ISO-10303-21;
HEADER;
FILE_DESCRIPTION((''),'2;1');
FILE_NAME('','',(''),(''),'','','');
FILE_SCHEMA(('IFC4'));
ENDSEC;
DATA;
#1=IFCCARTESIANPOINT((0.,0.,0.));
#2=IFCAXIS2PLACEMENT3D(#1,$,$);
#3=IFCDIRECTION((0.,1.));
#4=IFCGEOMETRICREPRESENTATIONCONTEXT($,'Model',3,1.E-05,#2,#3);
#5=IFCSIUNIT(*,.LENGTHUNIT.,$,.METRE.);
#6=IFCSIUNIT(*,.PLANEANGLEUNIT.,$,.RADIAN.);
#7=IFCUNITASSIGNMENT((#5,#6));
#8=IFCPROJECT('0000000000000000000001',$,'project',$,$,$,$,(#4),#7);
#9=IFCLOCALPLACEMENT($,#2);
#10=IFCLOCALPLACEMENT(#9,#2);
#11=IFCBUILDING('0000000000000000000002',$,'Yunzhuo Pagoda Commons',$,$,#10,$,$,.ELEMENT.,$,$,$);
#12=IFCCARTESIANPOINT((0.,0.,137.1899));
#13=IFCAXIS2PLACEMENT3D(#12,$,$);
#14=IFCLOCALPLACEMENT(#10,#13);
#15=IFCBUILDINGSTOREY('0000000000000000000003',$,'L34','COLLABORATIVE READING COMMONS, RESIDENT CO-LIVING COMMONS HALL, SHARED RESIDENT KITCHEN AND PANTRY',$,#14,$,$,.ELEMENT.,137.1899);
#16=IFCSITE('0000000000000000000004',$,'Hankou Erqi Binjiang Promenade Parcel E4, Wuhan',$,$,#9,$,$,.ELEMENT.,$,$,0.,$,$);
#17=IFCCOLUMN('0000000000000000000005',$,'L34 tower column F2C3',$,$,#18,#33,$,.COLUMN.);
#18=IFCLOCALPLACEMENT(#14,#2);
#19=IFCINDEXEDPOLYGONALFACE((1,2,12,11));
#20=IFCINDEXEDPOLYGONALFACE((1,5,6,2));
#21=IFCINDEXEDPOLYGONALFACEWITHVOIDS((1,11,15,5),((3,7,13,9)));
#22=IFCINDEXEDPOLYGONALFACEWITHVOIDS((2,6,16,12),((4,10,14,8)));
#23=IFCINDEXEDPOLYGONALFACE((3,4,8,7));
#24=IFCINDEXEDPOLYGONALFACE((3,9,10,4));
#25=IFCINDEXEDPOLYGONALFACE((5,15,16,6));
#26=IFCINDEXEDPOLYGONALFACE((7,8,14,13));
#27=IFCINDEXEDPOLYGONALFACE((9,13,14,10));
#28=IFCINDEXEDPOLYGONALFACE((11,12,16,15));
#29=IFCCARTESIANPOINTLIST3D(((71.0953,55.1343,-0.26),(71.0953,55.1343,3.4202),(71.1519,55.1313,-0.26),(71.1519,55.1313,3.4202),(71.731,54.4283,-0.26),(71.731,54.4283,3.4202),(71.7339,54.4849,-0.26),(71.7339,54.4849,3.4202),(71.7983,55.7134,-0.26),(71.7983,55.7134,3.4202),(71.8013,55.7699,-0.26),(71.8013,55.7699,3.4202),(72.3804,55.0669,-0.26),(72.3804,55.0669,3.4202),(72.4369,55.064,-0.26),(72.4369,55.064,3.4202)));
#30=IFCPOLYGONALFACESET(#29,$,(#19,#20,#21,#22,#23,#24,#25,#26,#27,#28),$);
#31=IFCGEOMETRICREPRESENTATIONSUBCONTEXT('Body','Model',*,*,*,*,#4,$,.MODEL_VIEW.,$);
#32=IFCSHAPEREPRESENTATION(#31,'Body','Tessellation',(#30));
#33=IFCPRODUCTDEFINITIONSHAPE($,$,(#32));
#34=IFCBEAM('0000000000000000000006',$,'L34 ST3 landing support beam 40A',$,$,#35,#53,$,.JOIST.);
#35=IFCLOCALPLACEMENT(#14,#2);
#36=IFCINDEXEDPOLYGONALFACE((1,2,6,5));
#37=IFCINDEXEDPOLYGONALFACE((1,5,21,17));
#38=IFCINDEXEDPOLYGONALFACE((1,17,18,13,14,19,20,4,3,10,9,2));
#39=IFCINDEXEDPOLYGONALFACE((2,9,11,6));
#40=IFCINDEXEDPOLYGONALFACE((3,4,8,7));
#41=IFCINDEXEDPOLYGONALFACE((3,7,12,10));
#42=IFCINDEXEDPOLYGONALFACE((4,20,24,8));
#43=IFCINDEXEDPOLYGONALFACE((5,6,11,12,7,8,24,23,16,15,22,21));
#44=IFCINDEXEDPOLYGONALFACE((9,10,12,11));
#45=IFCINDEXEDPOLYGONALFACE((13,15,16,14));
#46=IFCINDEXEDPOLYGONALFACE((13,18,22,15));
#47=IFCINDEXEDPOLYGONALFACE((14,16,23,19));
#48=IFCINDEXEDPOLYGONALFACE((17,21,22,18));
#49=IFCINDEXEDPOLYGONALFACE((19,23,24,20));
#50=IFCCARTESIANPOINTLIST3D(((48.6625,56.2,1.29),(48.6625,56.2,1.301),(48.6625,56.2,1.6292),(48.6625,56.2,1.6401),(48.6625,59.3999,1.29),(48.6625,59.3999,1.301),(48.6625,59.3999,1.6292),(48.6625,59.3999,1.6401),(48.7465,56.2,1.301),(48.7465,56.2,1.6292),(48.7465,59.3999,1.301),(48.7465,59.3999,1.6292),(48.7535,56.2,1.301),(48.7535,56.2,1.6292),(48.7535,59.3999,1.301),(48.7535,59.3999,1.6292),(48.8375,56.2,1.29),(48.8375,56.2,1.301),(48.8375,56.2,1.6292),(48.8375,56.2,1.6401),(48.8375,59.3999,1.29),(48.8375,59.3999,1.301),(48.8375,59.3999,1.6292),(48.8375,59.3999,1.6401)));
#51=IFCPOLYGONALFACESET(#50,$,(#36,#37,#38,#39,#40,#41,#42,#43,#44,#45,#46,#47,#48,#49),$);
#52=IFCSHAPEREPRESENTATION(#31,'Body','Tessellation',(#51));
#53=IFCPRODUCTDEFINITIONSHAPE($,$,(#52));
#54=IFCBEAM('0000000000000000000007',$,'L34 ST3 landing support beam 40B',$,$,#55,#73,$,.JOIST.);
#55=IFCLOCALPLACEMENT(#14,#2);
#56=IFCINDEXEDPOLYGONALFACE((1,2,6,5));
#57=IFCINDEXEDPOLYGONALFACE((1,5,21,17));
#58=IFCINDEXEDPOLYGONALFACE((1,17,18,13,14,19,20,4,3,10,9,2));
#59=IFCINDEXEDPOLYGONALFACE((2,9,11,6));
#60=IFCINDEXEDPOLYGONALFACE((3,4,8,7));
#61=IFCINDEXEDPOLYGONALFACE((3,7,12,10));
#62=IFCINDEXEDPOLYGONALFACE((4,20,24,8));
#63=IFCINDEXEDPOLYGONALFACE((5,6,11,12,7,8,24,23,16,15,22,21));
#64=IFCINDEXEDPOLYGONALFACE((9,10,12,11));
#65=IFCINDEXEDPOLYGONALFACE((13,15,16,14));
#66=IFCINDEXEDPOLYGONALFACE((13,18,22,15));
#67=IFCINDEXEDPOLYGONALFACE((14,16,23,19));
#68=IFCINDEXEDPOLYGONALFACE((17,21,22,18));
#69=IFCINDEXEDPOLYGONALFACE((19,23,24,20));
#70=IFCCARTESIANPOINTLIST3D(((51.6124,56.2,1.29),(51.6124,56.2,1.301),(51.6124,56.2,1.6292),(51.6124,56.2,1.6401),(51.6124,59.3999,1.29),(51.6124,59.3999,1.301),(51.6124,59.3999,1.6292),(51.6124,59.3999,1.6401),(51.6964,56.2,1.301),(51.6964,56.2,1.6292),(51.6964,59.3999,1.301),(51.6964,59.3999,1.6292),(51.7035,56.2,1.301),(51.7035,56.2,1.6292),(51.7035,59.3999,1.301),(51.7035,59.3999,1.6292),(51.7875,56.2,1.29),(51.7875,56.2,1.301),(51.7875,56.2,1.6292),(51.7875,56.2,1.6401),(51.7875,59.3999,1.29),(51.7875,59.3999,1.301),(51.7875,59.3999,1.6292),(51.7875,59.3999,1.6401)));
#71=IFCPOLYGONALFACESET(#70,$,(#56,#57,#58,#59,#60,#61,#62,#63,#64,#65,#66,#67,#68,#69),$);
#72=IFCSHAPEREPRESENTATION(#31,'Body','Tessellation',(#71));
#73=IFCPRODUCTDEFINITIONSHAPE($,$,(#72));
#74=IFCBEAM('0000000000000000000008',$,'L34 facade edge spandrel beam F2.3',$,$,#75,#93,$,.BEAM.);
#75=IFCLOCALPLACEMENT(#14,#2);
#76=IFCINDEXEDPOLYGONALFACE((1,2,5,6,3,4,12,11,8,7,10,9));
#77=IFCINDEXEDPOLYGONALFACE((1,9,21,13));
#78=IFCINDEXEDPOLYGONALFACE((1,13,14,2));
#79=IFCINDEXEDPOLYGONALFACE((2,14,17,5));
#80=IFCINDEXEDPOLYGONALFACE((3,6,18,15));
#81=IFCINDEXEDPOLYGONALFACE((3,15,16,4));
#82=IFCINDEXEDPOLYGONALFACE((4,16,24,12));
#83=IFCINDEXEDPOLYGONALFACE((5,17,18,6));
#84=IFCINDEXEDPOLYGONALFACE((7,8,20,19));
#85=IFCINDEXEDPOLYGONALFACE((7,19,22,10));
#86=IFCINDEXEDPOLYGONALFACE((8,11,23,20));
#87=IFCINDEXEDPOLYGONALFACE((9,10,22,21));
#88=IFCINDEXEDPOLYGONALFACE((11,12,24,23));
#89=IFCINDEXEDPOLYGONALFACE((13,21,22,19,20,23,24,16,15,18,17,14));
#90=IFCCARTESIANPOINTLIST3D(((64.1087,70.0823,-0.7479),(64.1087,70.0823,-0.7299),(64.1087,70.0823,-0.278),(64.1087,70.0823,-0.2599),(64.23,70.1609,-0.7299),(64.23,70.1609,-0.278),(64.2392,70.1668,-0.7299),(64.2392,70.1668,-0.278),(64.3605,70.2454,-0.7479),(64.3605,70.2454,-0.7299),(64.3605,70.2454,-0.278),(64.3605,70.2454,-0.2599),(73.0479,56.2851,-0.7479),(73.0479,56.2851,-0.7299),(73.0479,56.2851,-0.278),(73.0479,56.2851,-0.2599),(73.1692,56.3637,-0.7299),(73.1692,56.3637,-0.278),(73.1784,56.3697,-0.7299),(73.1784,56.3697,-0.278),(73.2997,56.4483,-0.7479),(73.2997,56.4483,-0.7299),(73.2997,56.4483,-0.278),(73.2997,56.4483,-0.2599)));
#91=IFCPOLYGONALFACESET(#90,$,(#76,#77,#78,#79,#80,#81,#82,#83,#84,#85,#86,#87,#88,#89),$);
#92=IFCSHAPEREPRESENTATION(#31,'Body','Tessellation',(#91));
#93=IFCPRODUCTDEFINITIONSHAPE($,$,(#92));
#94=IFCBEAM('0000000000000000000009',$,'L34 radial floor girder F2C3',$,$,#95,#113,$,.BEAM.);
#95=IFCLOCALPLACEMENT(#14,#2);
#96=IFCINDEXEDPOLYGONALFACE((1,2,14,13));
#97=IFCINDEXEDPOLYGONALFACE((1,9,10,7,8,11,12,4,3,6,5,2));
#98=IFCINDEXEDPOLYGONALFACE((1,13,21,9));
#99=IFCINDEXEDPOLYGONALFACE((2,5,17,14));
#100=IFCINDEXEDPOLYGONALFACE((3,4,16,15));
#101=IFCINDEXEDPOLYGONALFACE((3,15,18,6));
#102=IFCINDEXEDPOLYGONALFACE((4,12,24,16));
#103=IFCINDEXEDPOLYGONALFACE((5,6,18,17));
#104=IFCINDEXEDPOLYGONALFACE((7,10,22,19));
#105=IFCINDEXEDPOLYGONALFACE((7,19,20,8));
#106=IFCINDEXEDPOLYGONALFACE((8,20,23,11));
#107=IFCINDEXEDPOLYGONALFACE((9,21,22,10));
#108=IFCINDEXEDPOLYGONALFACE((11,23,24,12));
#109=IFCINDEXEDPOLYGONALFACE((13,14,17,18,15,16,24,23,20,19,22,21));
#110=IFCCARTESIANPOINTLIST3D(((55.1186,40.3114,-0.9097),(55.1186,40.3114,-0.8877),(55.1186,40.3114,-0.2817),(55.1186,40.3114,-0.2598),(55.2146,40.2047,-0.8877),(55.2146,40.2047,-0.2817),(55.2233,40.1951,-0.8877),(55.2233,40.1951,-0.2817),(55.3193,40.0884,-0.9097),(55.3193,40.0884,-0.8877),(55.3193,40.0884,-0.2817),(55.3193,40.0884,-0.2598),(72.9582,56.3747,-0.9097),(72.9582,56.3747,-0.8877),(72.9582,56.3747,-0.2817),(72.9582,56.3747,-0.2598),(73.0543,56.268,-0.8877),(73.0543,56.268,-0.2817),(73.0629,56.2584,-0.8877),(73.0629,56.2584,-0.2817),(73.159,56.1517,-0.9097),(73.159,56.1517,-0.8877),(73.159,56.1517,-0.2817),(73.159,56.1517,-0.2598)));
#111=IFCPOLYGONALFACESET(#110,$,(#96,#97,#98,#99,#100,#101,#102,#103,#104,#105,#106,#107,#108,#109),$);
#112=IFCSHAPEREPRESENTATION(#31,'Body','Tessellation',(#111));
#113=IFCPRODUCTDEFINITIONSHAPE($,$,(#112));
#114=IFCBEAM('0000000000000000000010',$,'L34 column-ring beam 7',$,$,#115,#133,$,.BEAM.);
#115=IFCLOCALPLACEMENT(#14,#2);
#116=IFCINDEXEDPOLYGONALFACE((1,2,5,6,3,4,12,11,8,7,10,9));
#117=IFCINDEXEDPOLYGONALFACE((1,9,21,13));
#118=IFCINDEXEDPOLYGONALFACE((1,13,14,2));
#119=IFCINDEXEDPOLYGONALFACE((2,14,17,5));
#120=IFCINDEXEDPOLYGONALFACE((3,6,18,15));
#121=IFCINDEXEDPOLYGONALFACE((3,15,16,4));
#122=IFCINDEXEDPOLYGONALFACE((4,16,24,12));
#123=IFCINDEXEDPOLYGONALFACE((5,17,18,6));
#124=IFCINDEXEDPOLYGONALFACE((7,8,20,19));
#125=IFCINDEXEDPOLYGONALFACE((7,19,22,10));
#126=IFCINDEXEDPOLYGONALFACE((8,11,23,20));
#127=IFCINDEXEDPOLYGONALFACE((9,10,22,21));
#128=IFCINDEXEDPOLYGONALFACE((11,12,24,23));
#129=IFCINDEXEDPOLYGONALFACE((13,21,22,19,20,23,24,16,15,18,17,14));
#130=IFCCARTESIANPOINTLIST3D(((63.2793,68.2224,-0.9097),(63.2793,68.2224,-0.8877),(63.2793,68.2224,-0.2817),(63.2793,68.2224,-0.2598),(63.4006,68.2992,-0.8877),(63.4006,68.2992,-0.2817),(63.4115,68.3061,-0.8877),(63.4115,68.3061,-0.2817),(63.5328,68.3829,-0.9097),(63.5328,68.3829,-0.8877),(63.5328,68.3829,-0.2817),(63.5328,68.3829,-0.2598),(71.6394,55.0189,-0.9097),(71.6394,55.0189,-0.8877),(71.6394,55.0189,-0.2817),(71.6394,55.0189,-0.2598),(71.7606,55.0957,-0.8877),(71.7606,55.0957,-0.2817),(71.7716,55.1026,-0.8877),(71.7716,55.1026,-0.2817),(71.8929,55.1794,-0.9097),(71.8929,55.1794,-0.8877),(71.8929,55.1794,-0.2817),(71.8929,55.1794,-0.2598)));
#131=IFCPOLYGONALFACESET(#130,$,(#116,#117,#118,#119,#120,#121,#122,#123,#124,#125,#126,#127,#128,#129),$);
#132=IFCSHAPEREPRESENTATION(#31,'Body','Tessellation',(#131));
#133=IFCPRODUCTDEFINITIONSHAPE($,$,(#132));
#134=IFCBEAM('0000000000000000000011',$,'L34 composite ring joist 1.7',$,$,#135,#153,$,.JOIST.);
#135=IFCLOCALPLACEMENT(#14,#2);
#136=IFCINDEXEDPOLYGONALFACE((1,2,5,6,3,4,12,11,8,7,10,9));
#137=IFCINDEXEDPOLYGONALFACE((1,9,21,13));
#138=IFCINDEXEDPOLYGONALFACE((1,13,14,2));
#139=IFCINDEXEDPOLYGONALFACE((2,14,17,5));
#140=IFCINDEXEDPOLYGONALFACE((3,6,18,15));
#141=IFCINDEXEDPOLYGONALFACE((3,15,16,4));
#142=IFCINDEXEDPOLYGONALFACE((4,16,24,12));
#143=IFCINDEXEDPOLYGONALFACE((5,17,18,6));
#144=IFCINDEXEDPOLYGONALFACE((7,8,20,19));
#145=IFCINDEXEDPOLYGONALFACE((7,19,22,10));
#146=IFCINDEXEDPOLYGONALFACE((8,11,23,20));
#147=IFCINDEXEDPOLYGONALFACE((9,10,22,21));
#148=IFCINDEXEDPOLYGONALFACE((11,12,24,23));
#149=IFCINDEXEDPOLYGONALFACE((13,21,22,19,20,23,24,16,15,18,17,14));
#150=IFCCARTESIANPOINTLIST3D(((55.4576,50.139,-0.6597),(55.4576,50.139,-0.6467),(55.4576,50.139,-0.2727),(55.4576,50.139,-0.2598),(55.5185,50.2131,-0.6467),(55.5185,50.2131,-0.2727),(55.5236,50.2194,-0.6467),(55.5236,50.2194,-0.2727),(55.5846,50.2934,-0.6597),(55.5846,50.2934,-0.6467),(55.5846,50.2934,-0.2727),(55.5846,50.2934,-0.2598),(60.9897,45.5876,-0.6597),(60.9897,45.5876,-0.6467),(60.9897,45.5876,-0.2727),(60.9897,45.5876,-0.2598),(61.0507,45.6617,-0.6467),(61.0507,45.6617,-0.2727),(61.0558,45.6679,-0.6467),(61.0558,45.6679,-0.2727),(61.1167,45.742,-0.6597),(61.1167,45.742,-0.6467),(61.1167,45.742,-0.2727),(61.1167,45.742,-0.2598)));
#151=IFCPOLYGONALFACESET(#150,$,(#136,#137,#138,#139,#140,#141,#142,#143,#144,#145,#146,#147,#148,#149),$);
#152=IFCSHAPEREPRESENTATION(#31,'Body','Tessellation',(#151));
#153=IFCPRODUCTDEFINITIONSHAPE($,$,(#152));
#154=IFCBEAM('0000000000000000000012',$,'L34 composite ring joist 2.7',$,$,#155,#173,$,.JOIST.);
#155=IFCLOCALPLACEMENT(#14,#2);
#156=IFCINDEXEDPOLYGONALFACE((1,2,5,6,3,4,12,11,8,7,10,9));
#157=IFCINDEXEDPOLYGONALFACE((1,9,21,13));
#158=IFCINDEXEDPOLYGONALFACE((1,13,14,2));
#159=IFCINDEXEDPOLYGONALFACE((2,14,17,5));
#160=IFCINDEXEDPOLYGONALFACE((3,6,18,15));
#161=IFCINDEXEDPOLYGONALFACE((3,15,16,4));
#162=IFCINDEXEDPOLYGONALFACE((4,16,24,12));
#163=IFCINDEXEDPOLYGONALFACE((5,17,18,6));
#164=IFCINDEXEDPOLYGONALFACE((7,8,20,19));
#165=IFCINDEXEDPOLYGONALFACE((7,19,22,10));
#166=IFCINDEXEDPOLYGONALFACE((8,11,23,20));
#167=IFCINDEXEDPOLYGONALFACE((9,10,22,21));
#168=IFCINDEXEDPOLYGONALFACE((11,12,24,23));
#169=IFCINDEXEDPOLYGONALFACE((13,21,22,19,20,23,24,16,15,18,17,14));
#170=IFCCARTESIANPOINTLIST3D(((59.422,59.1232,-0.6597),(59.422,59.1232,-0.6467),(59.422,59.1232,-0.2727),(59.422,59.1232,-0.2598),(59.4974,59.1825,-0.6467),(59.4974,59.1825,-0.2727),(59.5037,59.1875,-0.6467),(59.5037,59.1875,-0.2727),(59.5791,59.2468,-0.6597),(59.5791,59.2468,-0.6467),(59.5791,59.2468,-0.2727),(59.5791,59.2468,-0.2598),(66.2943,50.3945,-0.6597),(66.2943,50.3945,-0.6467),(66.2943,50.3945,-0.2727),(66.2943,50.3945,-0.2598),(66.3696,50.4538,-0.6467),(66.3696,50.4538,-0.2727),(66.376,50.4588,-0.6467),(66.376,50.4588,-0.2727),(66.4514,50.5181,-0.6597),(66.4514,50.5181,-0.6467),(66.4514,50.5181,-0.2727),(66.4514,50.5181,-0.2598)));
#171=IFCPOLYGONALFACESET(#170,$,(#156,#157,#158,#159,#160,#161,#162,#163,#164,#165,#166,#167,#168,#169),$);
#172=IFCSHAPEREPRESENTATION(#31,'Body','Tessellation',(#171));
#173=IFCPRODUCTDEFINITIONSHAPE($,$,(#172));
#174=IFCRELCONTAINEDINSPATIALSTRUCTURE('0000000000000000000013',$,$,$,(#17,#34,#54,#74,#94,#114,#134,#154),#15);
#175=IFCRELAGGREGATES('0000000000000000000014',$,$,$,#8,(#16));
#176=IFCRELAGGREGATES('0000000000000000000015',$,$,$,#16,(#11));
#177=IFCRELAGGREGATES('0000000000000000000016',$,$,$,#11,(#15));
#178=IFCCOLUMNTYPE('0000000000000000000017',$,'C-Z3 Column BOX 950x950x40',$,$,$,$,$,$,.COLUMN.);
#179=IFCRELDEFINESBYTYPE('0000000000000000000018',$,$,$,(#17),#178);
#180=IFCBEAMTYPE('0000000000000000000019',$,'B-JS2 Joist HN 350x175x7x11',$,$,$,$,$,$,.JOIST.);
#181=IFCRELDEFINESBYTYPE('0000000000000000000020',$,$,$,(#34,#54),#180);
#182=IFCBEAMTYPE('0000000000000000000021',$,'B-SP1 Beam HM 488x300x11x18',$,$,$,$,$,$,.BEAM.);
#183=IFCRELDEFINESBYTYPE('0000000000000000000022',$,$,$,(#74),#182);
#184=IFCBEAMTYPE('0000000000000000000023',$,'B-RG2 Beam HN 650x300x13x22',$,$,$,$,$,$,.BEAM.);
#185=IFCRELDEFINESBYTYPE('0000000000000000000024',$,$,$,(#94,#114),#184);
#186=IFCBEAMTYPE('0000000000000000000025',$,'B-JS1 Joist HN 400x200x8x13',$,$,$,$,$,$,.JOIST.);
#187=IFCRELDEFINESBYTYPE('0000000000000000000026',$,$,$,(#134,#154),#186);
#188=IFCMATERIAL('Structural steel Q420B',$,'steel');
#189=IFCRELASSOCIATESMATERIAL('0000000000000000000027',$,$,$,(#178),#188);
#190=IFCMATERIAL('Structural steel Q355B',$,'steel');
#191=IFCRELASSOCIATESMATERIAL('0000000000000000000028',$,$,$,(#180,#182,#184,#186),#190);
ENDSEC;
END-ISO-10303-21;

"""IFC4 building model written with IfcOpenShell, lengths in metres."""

from ifc_helpers import new_model, si_unit, direction, frame, origin, origin_2d, place, context, subcontext, project, spatial, hollow_rectangle, i_section, extrude, source, transform, mapped, material, material_profile, profile_set, type_object, element, save


model = new_model("IFC4")

# Units and contexts
model_context = context("Model", 3, precision=1e-05, world=origin(), true_north=direction((0.0, 1.0)))
body_context = subcontext(model_context, "Body", "Model", "MODEL_VIEW")
ifc_project = project(units=[si_unit("LENGTHUNIT", "METRE"), si_unit("PLANEANGLEUNIT", "RADIAN")], contexts=[model_context])

# Site, building, storey
site_placement = place(None, origin())
site = spatial("IfcSite", under=ifc_project, at=site_placement, Name="Hankou Erqi Binjiang Promenade Parcel E4, Wuhan", CompositionType="ELEMENT", RefElevation=0.0)
building_placement = place(site_placement, origin())
building = spatial("IfcBuilding", under=site, at=building_placement, Name="Yunzhuo Pagoda Commons", CompositionType="ELEMENT")
storey_placement = place(building_placement, frame((0.0, 0.0, 137.1899)))
storey = spatial("IfcBuildingStorey", under=building, at=storey_placement, Name="L34", Description="COLLABORATIVE READING COMMONS, RESIDENT CO-LIVING COMMONS HALL, SHARED RESIDENT KITCHEN AND PANTRY", CompositionType="ELEMENT", Elevation=137.1899)

# Column
ifc_material_1 = material(Name="Structural steel Q420B", Category="steel")
ifc_material_profile_1 = material_profile(ifc_material_1, hollow_rectangle(XDim=0.95, YDim=0.95, WallThickness=0.04, at=origin_2d()), Name="Structural steel Q420B")
ifc_profile_set_1 = profile_set([ifc_material_profile_1], Name="Structural steel Q420B")
column_type = type_object("IfcColumnType", Name="C-Z3 Column BOX 950x950x40", PredefinedType="COLUMN", material=ifc_profile_set_1)
shared_shape_1 = source(origin(), body_context, "Body", "SweptSolid", [
    extrude(hollow_rectangle(XDim=0.95, YDim=0.95, WallThickness=0.04, at=origin_2d()), origin(), (0.0, 0.0, 1.0), 3.6802),
])
column_placement = place(storey_placement, frame((71.7661, 55.0991, -0.26), z_axis=(0.0, 0.0, 1.0), x_axis=(-0.669131, 0.743145, 0.0)))
element("IfcColumn", 1, at=column_placement, inside=storey, type_object=column_type, Name="L34 tower column F2C3", PredefinedType="COLUMN", context=body_context, shape_type="MappedRepresentation", body=[
    mapped(shared_shape_1, transform((0.0, 0.0, 0.0), scale=1.0)),
])

# Beams
ifc_material_2 = material(Name="Structural steel Q355B", Category="steel")
ifc_material_profile_2 = material_profile(ifc_material_2, i_section(OverallWidth=0.175, OverallDepth=0.3501, WebThickness=0.0071, FlangeThickness=0.011, at=origin_2d()), Name="Structural steel Q355B")
ifc_profile_set_2 = profile_set([ifc_material_profile_2], Name="Structural steel Q355B")
beam_type_1 = type_object("IfcBeamType", Name="B-JS2 Joist HN 350x175x7x11", PredefinedType="JOIST", material=ifc_profile_set_2)
shared_shape_2 = source(origin(), body_context, "Body", "SweptSolid", [
    extrude(i_section(OverallWidth=0.175, OverallDepth=0.3501, WebThickness=0.0071, FlangeThickness=0.011, at=origin_2d()), origin(), (0.0, 0.0, 1.0), 3.2),
])
for number, where, z_axis, x_axis, name in (
    (2, (48.75, 56.2, 1.4651), (0.0, 1.0, 0.0), (-1.0, 0.0, 0.0), "L34 ST3 landing support beam 40A"),
    (3, (51.7, 56.2, 1.4651), (0.0, 1.0, 0.0), (-1.0, 0.0, 0.0), "L34 ST3 landing support beam 40B"),
):
    element("IfcBeam", number, at=place(storey_placement, frame(where, z_axis=z_axis, x_axis=x_axis)), inside=storey, type_object=beam_type_1, Name=name, PredefinedType="JOIST", context=body_context, shape_type="MappedRepresentation", body=[
        mapped(shared_shape_2, transform((0.0, 0.0, 0.0), scale=1.0)),
    ])
ifc_material_profile_3 = material_profile(ifc_material_2, i_section(OverallWidth=0.3, OverallDepth=0.488, WebThickness=0.011, FlangeThickness=0.0181, at=origin_2d()), Name="Structural steel Q355B")
ifc_profile_set_3 = profile_set([ifc_material_profile_3], Name="Structural steel Q355B")
beam_type_2 = type_object("IfcBeamType", Name="B-SP1 Beam HM 488x300x11x18", PredefinedType="BEAM", material=ifc_profile_set_3)
shared_shape_3 = source(origin(), body_context, "Body", "SweptSolid", [
    extrude(i_section(OverallWidth=0.3, OverallDepth=0.488, WebThickness=0.011, FlangeThickness=0.0181, at=origin_2d()), origin(), (0.0, 0.0, 1.0), 16.4399),
])
beam_1_placement = place(storey_placement, frame((73.1738, 56.3667, -0.5039), z_axis=(-0.543751, 0.839246, 0.0), x_axis=(-0.839246, -0.543751, 0.0)))
element("IfcBeam", 4, at=beam_1_placement, inside=storey, type_object=beam_type_2, Name="L34 facade edge spandrel beam F2.3", PredefinedType="BEAM", context=body_context, shape_type="MappedRepresentation", body=[
    mapped(shared_shape_3, transform((0.0, 0.0, 0.0), scale=1.0)),
])
ifc_material_profile_4 = material_profile(ifc_material_2, i_section(OverallWidth=0.3, OverallDepth=0.6499, WebThickness=0.0129, FlangeThickness=0.022, at=origin_2d()), Name="Structural steel Q355B")
ifc_profile_set_4 = profile_set([ifc_material_profile_4], Name="Structural steel Q355B")
beam_type_3 = type_object("IfcBeamType", Name="B-RG2 Beam HN 650x300x13x22", PredefinedType="BEAM", material=ifc_profile_set_4)
shared_shape_4 = source(origin(), body_context, "Body", "SweptSolid", [
    extrude(i_section(OverallWidth=0.3, OverallDepth=0.6499, WebThickness=0.0129, FlangeThickness=0.022, at=origin_2d()), origin(), (0.0, 0.0, 1.0), 24.0059),
])
beam_2_placement = place(storey_placement, frame((73.0586, 56.2632, -0.5847), z_axis=(-0.743137, -0.669139, 0.0), x_axis=(0.669139, -0.743137, 0.0)))
element("IfcBeam", 5, at=beam_2_placement, inside=storey, type_object=beam_type_3, Name="L34 radial floor girder F2C3", PredefinedType="BEAM", context=body_context, shape_type="MappedRepresentation", body=[
    mapped(shared_shape_4, transform((0.0, 0.0, 0.0), scale=1.0)),
])
shared_shape_5 = source(origin(), body_context, "Body", "SweptSolid", [
    extrude(i_section(OverallWidth=0.3, OverallDepth=0.6499, WebThickness=0.0129, FlangeThickness=0.022, at=origin_2d()), origin(), (0.0, 0.0, 1.0), 15.6277),
])
beam_3_placement = place(storey_placement, frame((71.7661, 55.0991, -0.5847), z_axis=(-0.534952, 0.844882, 0.0), x_axis=(-0.844882, -0.534952, 0.0)))
element("IfcBeam", 6, at=beam_3_placement, inside=storey, type_object=beam_type_3, Name="L34 column-ring beam 7", PredefinedType="BEAM", context=body_context, shape_type="MappedRepresentation", body=[
    mapped(shared_shape_5, transform((0.0, 0.0, 0.0), scale=1.0)),
])
ifc_material_profile_5 = material_profile(ifc_material_2, i_section(OverallWidth=0.2, OverallDepth=0.3999, WebThickness=0.0081, FlangeThickness=0.0129, at=origin_2d()), Name="Structural steel Q355B")
ifc_profile_set_5 = profile_set([ifc_material_profile_5], Name="Structural steel Q355B")
beam_type_4 = type_object("IfcBeamType", Name="B-JS1 Joist HN 400x200x8x13", PredefinedType="JOIST", material=ifc_profile_set_5)
shared_shape_6 = source(origin(), body_context, "Body", "SweptSolid", [
    extrude(i_section(OverallWidth=0.2, OverallDepth=0.3999, WebThickness=0.0081, FlangeThickness=0.0129, at=origin_2d()), origin(), (0.0, 0.0, 1.0), 7.1638),
])
beam_4_placement = place(storey_placement, frame((61.0532, 45.6648, -0.4597), z_axis=(-0.772234, 0.635338, 0.0), x_axis=(-0.635338, -0.772234, 0.0)))
element("IfcBeam", 7, at=beam_4_placement, inside=storey, type_object=beam_type_4, Name="L34 composite ring joist 1.7", PredefinedType="JOIST", context=body_context, shape_type="MappedRepresentation", body=[
    mapped(shared_shape_6, transform((0.0, 0.0, 0.0), scale=1.0)),
])
shared_shape_7 = source(origin(), body_context, "Body", "SweptSolid", [
    extrude(i_section(OverallWidth=0.2, OverallDepth=0.3999, WebThickness=0.0081, FlangeThickness=0.0129, at=origin_2d()), origin(), (0.0, 0.0, 1.0), 11.1094),
])
beam_5_placement = place(storey_placement, frame((66.3728, 50.4563, -0.4597), z_axis=(-0.618601, 0.785706, 0.0), x_axis=(-0.785706, -0.618601, 0.0)))
element("IfcBeam", 8, at=beam_5_placement, inside=storey, type_object=beam_type_4, Name="L34 composite ring joist 2.7", PredefinedType="JOIST", context=body_context, shape_type="MappedRepresentation", body=[
    mapped(shared_shape_7, transform((0.0, 0.0, 0.0), scale=1.0)),
])

save(model, "model.ifc")
